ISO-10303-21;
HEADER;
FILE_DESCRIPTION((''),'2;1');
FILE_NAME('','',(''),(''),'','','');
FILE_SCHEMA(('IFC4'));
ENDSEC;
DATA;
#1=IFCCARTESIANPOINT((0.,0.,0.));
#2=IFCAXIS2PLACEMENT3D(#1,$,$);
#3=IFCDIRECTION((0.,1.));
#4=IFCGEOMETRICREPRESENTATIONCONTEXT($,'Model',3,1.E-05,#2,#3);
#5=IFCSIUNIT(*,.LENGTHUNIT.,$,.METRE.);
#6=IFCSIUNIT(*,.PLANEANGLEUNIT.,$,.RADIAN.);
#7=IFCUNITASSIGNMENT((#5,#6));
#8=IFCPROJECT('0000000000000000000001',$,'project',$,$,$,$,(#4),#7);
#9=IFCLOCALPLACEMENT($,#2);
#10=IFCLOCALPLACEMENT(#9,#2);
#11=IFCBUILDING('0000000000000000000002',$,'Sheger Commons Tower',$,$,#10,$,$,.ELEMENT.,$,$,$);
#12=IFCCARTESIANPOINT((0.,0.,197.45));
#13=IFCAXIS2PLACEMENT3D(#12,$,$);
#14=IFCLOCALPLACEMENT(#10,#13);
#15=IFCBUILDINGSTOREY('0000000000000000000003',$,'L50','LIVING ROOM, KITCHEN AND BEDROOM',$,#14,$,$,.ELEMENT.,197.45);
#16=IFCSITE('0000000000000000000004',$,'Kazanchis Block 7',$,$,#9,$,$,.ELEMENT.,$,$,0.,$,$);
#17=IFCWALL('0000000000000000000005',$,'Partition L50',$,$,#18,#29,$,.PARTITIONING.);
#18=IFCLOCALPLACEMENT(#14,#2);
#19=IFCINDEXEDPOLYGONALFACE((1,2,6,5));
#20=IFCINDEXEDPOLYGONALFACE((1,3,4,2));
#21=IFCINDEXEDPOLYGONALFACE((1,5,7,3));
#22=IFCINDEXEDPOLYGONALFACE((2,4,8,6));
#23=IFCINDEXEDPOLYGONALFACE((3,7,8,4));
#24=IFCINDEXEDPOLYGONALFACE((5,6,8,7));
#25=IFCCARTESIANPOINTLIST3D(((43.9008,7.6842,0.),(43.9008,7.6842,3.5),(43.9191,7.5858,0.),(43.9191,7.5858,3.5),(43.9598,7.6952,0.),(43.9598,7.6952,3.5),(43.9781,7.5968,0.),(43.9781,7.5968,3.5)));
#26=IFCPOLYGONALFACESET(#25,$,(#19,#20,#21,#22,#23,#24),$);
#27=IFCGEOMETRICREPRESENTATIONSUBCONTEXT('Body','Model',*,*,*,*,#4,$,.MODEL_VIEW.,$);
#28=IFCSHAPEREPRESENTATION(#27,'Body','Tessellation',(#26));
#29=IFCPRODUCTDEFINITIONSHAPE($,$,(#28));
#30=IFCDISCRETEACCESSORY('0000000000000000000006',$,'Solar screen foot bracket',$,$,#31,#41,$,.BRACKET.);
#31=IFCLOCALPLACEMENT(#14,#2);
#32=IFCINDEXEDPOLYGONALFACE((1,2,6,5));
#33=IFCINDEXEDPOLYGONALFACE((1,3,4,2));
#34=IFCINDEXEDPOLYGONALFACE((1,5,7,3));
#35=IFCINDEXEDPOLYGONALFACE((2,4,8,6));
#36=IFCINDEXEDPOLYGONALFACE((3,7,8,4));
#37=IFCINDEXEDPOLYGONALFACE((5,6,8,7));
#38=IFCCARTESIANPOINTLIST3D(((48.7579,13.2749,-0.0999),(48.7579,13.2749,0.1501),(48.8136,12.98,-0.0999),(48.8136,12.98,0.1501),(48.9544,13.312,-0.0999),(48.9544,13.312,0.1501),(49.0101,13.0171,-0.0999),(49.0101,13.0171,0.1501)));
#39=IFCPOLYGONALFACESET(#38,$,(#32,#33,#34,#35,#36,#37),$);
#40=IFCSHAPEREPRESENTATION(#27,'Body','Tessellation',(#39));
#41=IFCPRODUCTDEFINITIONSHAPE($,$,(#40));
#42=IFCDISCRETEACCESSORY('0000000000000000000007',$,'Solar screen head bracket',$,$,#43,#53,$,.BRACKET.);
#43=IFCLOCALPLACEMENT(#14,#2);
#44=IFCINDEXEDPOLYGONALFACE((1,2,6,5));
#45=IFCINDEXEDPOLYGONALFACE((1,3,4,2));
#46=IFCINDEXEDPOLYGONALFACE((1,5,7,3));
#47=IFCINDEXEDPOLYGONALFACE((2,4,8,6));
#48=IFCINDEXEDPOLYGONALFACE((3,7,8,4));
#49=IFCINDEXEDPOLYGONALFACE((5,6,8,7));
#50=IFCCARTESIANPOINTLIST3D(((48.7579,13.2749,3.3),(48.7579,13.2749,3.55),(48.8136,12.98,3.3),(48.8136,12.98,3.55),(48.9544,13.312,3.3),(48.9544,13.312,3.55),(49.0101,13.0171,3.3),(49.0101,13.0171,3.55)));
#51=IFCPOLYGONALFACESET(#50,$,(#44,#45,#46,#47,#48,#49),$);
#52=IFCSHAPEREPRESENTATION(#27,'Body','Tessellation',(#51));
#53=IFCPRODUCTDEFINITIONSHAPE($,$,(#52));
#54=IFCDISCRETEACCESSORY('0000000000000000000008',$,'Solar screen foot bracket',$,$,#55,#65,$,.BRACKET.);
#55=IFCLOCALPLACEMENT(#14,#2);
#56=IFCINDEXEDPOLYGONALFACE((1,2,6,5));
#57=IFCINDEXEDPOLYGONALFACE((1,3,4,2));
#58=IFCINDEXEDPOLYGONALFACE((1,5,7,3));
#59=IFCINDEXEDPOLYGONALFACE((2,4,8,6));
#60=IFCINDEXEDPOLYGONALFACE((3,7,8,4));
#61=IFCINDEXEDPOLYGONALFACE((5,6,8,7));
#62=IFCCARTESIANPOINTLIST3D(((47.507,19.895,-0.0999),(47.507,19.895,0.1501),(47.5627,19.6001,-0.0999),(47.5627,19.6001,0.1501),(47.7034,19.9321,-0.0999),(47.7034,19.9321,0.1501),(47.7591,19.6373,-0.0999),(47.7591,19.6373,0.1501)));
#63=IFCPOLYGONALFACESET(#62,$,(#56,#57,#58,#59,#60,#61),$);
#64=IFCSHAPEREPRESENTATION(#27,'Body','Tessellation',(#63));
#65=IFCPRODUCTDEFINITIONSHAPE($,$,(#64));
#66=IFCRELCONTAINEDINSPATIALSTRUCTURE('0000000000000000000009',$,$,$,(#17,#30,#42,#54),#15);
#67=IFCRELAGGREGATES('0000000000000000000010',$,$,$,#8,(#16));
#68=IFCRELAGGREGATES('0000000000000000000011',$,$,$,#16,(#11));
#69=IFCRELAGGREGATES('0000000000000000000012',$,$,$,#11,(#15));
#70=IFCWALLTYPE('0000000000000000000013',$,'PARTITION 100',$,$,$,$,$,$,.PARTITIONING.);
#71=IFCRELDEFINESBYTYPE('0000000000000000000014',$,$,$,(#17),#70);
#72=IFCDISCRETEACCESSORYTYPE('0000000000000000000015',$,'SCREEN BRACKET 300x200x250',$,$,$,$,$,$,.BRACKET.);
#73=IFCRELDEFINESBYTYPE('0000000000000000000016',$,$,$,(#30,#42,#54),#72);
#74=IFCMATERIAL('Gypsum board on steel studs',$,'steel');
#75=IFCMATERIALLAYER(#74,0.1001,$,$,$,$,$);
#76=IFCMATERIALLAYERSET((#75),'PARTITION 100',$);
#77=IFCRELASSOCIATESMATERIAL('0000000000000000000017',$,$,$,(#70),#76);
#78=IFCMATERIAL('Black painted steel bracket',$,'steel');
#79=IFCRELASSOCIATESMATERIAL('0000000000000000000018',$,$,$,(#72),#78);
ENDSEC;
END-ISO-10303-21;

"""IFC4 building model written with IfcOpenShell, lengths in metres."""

from ifc_helpers import new_model, si_unit, direction, frame, frame_2d, origin, origin_2d, place, context, subcontext, project, spatial, rectangle, extrude, material, layer, layer_set, type_object, element, save


model = new_model("IFC4")

# Units and contexts
model_context = context("Model", 3, precision=1e-05, world=origin(), true_north=direction((0.0, 1.0)))
body_context = subcontext(model_context, "Body", "Model", "MODEL_VIEW")
ifc_project = project(units=[si_unit("LENGTHUNIT", "METRE"), si_unit("PLANEANGLEUNIT", "RADIAN")], contexts=[model_context])

# Site, building, storey
site_placement = place(None, origin())
site = spatial("IfcSite", under=ifc_project, at=site_placement, Name="Kazanchis Block 7", CompositionType="ELEMENT", RefElevation=0.0)
building_placement = place(site_placement, origin())
building = spatial("IfcBuilding", under=site, at=building_placement, Name="Sheger Commons Tower", CompositionType="ELEMENT")
storey_placement = place(building_placement, frame((0.0, 0.0, 197.45)))
storey = spatial("IfcBuildingStorey", under=building, at=storey_placement, Name="L50", Description="LIVING ROOM, KITCHEN AND BEDROOM", CompositionType="ELEMENT", Elevation=197.45)

# Shared definitions
ifc_material_1 = material(Name="Gypsum board on steel studs", Category="steel")
ifc_layer_1 = layer(ifc_material_1, 0.1001)
ifc_layer_set_1 = layer_set([ifc_layer_1], Name="PARTITION 100")
wall_type_1 = type_object("IfcWallType", Name="PARTITION 100", PredefinedType="PARTITIONING", material=ifc_layer_set_1)

# Wall
wall_1_placement = place(storey_placement, frame((43.969, 7.646, 0.0), z_axis=(0.0, 0.0, 1.0), x_axis=(-0.983147, -0.182817, 0.0)))
element("IfcWall", 1, at=wall_1_placement, inside=storey, type_object=wall_type_1, Name="Partition L50", PredefinedType="PARTITIONING", context=body_context, shape_type="SweptSolid", body=[
    extrude(rectangle(XDim=0.0601, YDim=0.1001, at=frame_2d((0.03, 0.0))), origin(), (0.0, 0.0, 1.0), 3.5),
])

# Discrete accessories
ifc_material_2 = material(Name="Black painted steel bracket", Category="steel")
discrete_accessory_type = type_object("IfcDiscreteAccessoryType", Name="SCREEN BRACKET 300x200x250", PredefinedType="BRACKET", material=ifc_material_2)
for number, where, z_axis, x_axis, name in (
    (2, (48.884, 13.146, -0.0999), (0.0, 0.0, 1.0), (-0.185615, 0.982623, 0.0), "Solar screen foot bracket"),
    (3, (48.884, 13.146, 3.3), (0.0, 0.0, 1.0), (-0.185615, 0.982623, 0.0), "Solar screen head bracket"),
    (4, (47.6331, 19.7661, -0.0999), (0.0, 0.0, 1.0), (-0.185615, 0.982623, 0.0), "Solar screen foot bracket"),
):
    element("IfcDiscreteAccessory", number, at=place(storey_placement, frame(where, z_axis=z_axis, x_axis=x_axis)), inside=storey, type_object=discrete_accessory_type, Name=name, PredefinedType="BRACKET", context=body_context, shape_type="SweptSolid", body=[
        extrude(rectangle(XDim=0.3, YDim=0.2, at=origin_2d()), origin(), (0.0, 0.0, 1.0), 0.25),
    ])

save(model, "model.ifc")
